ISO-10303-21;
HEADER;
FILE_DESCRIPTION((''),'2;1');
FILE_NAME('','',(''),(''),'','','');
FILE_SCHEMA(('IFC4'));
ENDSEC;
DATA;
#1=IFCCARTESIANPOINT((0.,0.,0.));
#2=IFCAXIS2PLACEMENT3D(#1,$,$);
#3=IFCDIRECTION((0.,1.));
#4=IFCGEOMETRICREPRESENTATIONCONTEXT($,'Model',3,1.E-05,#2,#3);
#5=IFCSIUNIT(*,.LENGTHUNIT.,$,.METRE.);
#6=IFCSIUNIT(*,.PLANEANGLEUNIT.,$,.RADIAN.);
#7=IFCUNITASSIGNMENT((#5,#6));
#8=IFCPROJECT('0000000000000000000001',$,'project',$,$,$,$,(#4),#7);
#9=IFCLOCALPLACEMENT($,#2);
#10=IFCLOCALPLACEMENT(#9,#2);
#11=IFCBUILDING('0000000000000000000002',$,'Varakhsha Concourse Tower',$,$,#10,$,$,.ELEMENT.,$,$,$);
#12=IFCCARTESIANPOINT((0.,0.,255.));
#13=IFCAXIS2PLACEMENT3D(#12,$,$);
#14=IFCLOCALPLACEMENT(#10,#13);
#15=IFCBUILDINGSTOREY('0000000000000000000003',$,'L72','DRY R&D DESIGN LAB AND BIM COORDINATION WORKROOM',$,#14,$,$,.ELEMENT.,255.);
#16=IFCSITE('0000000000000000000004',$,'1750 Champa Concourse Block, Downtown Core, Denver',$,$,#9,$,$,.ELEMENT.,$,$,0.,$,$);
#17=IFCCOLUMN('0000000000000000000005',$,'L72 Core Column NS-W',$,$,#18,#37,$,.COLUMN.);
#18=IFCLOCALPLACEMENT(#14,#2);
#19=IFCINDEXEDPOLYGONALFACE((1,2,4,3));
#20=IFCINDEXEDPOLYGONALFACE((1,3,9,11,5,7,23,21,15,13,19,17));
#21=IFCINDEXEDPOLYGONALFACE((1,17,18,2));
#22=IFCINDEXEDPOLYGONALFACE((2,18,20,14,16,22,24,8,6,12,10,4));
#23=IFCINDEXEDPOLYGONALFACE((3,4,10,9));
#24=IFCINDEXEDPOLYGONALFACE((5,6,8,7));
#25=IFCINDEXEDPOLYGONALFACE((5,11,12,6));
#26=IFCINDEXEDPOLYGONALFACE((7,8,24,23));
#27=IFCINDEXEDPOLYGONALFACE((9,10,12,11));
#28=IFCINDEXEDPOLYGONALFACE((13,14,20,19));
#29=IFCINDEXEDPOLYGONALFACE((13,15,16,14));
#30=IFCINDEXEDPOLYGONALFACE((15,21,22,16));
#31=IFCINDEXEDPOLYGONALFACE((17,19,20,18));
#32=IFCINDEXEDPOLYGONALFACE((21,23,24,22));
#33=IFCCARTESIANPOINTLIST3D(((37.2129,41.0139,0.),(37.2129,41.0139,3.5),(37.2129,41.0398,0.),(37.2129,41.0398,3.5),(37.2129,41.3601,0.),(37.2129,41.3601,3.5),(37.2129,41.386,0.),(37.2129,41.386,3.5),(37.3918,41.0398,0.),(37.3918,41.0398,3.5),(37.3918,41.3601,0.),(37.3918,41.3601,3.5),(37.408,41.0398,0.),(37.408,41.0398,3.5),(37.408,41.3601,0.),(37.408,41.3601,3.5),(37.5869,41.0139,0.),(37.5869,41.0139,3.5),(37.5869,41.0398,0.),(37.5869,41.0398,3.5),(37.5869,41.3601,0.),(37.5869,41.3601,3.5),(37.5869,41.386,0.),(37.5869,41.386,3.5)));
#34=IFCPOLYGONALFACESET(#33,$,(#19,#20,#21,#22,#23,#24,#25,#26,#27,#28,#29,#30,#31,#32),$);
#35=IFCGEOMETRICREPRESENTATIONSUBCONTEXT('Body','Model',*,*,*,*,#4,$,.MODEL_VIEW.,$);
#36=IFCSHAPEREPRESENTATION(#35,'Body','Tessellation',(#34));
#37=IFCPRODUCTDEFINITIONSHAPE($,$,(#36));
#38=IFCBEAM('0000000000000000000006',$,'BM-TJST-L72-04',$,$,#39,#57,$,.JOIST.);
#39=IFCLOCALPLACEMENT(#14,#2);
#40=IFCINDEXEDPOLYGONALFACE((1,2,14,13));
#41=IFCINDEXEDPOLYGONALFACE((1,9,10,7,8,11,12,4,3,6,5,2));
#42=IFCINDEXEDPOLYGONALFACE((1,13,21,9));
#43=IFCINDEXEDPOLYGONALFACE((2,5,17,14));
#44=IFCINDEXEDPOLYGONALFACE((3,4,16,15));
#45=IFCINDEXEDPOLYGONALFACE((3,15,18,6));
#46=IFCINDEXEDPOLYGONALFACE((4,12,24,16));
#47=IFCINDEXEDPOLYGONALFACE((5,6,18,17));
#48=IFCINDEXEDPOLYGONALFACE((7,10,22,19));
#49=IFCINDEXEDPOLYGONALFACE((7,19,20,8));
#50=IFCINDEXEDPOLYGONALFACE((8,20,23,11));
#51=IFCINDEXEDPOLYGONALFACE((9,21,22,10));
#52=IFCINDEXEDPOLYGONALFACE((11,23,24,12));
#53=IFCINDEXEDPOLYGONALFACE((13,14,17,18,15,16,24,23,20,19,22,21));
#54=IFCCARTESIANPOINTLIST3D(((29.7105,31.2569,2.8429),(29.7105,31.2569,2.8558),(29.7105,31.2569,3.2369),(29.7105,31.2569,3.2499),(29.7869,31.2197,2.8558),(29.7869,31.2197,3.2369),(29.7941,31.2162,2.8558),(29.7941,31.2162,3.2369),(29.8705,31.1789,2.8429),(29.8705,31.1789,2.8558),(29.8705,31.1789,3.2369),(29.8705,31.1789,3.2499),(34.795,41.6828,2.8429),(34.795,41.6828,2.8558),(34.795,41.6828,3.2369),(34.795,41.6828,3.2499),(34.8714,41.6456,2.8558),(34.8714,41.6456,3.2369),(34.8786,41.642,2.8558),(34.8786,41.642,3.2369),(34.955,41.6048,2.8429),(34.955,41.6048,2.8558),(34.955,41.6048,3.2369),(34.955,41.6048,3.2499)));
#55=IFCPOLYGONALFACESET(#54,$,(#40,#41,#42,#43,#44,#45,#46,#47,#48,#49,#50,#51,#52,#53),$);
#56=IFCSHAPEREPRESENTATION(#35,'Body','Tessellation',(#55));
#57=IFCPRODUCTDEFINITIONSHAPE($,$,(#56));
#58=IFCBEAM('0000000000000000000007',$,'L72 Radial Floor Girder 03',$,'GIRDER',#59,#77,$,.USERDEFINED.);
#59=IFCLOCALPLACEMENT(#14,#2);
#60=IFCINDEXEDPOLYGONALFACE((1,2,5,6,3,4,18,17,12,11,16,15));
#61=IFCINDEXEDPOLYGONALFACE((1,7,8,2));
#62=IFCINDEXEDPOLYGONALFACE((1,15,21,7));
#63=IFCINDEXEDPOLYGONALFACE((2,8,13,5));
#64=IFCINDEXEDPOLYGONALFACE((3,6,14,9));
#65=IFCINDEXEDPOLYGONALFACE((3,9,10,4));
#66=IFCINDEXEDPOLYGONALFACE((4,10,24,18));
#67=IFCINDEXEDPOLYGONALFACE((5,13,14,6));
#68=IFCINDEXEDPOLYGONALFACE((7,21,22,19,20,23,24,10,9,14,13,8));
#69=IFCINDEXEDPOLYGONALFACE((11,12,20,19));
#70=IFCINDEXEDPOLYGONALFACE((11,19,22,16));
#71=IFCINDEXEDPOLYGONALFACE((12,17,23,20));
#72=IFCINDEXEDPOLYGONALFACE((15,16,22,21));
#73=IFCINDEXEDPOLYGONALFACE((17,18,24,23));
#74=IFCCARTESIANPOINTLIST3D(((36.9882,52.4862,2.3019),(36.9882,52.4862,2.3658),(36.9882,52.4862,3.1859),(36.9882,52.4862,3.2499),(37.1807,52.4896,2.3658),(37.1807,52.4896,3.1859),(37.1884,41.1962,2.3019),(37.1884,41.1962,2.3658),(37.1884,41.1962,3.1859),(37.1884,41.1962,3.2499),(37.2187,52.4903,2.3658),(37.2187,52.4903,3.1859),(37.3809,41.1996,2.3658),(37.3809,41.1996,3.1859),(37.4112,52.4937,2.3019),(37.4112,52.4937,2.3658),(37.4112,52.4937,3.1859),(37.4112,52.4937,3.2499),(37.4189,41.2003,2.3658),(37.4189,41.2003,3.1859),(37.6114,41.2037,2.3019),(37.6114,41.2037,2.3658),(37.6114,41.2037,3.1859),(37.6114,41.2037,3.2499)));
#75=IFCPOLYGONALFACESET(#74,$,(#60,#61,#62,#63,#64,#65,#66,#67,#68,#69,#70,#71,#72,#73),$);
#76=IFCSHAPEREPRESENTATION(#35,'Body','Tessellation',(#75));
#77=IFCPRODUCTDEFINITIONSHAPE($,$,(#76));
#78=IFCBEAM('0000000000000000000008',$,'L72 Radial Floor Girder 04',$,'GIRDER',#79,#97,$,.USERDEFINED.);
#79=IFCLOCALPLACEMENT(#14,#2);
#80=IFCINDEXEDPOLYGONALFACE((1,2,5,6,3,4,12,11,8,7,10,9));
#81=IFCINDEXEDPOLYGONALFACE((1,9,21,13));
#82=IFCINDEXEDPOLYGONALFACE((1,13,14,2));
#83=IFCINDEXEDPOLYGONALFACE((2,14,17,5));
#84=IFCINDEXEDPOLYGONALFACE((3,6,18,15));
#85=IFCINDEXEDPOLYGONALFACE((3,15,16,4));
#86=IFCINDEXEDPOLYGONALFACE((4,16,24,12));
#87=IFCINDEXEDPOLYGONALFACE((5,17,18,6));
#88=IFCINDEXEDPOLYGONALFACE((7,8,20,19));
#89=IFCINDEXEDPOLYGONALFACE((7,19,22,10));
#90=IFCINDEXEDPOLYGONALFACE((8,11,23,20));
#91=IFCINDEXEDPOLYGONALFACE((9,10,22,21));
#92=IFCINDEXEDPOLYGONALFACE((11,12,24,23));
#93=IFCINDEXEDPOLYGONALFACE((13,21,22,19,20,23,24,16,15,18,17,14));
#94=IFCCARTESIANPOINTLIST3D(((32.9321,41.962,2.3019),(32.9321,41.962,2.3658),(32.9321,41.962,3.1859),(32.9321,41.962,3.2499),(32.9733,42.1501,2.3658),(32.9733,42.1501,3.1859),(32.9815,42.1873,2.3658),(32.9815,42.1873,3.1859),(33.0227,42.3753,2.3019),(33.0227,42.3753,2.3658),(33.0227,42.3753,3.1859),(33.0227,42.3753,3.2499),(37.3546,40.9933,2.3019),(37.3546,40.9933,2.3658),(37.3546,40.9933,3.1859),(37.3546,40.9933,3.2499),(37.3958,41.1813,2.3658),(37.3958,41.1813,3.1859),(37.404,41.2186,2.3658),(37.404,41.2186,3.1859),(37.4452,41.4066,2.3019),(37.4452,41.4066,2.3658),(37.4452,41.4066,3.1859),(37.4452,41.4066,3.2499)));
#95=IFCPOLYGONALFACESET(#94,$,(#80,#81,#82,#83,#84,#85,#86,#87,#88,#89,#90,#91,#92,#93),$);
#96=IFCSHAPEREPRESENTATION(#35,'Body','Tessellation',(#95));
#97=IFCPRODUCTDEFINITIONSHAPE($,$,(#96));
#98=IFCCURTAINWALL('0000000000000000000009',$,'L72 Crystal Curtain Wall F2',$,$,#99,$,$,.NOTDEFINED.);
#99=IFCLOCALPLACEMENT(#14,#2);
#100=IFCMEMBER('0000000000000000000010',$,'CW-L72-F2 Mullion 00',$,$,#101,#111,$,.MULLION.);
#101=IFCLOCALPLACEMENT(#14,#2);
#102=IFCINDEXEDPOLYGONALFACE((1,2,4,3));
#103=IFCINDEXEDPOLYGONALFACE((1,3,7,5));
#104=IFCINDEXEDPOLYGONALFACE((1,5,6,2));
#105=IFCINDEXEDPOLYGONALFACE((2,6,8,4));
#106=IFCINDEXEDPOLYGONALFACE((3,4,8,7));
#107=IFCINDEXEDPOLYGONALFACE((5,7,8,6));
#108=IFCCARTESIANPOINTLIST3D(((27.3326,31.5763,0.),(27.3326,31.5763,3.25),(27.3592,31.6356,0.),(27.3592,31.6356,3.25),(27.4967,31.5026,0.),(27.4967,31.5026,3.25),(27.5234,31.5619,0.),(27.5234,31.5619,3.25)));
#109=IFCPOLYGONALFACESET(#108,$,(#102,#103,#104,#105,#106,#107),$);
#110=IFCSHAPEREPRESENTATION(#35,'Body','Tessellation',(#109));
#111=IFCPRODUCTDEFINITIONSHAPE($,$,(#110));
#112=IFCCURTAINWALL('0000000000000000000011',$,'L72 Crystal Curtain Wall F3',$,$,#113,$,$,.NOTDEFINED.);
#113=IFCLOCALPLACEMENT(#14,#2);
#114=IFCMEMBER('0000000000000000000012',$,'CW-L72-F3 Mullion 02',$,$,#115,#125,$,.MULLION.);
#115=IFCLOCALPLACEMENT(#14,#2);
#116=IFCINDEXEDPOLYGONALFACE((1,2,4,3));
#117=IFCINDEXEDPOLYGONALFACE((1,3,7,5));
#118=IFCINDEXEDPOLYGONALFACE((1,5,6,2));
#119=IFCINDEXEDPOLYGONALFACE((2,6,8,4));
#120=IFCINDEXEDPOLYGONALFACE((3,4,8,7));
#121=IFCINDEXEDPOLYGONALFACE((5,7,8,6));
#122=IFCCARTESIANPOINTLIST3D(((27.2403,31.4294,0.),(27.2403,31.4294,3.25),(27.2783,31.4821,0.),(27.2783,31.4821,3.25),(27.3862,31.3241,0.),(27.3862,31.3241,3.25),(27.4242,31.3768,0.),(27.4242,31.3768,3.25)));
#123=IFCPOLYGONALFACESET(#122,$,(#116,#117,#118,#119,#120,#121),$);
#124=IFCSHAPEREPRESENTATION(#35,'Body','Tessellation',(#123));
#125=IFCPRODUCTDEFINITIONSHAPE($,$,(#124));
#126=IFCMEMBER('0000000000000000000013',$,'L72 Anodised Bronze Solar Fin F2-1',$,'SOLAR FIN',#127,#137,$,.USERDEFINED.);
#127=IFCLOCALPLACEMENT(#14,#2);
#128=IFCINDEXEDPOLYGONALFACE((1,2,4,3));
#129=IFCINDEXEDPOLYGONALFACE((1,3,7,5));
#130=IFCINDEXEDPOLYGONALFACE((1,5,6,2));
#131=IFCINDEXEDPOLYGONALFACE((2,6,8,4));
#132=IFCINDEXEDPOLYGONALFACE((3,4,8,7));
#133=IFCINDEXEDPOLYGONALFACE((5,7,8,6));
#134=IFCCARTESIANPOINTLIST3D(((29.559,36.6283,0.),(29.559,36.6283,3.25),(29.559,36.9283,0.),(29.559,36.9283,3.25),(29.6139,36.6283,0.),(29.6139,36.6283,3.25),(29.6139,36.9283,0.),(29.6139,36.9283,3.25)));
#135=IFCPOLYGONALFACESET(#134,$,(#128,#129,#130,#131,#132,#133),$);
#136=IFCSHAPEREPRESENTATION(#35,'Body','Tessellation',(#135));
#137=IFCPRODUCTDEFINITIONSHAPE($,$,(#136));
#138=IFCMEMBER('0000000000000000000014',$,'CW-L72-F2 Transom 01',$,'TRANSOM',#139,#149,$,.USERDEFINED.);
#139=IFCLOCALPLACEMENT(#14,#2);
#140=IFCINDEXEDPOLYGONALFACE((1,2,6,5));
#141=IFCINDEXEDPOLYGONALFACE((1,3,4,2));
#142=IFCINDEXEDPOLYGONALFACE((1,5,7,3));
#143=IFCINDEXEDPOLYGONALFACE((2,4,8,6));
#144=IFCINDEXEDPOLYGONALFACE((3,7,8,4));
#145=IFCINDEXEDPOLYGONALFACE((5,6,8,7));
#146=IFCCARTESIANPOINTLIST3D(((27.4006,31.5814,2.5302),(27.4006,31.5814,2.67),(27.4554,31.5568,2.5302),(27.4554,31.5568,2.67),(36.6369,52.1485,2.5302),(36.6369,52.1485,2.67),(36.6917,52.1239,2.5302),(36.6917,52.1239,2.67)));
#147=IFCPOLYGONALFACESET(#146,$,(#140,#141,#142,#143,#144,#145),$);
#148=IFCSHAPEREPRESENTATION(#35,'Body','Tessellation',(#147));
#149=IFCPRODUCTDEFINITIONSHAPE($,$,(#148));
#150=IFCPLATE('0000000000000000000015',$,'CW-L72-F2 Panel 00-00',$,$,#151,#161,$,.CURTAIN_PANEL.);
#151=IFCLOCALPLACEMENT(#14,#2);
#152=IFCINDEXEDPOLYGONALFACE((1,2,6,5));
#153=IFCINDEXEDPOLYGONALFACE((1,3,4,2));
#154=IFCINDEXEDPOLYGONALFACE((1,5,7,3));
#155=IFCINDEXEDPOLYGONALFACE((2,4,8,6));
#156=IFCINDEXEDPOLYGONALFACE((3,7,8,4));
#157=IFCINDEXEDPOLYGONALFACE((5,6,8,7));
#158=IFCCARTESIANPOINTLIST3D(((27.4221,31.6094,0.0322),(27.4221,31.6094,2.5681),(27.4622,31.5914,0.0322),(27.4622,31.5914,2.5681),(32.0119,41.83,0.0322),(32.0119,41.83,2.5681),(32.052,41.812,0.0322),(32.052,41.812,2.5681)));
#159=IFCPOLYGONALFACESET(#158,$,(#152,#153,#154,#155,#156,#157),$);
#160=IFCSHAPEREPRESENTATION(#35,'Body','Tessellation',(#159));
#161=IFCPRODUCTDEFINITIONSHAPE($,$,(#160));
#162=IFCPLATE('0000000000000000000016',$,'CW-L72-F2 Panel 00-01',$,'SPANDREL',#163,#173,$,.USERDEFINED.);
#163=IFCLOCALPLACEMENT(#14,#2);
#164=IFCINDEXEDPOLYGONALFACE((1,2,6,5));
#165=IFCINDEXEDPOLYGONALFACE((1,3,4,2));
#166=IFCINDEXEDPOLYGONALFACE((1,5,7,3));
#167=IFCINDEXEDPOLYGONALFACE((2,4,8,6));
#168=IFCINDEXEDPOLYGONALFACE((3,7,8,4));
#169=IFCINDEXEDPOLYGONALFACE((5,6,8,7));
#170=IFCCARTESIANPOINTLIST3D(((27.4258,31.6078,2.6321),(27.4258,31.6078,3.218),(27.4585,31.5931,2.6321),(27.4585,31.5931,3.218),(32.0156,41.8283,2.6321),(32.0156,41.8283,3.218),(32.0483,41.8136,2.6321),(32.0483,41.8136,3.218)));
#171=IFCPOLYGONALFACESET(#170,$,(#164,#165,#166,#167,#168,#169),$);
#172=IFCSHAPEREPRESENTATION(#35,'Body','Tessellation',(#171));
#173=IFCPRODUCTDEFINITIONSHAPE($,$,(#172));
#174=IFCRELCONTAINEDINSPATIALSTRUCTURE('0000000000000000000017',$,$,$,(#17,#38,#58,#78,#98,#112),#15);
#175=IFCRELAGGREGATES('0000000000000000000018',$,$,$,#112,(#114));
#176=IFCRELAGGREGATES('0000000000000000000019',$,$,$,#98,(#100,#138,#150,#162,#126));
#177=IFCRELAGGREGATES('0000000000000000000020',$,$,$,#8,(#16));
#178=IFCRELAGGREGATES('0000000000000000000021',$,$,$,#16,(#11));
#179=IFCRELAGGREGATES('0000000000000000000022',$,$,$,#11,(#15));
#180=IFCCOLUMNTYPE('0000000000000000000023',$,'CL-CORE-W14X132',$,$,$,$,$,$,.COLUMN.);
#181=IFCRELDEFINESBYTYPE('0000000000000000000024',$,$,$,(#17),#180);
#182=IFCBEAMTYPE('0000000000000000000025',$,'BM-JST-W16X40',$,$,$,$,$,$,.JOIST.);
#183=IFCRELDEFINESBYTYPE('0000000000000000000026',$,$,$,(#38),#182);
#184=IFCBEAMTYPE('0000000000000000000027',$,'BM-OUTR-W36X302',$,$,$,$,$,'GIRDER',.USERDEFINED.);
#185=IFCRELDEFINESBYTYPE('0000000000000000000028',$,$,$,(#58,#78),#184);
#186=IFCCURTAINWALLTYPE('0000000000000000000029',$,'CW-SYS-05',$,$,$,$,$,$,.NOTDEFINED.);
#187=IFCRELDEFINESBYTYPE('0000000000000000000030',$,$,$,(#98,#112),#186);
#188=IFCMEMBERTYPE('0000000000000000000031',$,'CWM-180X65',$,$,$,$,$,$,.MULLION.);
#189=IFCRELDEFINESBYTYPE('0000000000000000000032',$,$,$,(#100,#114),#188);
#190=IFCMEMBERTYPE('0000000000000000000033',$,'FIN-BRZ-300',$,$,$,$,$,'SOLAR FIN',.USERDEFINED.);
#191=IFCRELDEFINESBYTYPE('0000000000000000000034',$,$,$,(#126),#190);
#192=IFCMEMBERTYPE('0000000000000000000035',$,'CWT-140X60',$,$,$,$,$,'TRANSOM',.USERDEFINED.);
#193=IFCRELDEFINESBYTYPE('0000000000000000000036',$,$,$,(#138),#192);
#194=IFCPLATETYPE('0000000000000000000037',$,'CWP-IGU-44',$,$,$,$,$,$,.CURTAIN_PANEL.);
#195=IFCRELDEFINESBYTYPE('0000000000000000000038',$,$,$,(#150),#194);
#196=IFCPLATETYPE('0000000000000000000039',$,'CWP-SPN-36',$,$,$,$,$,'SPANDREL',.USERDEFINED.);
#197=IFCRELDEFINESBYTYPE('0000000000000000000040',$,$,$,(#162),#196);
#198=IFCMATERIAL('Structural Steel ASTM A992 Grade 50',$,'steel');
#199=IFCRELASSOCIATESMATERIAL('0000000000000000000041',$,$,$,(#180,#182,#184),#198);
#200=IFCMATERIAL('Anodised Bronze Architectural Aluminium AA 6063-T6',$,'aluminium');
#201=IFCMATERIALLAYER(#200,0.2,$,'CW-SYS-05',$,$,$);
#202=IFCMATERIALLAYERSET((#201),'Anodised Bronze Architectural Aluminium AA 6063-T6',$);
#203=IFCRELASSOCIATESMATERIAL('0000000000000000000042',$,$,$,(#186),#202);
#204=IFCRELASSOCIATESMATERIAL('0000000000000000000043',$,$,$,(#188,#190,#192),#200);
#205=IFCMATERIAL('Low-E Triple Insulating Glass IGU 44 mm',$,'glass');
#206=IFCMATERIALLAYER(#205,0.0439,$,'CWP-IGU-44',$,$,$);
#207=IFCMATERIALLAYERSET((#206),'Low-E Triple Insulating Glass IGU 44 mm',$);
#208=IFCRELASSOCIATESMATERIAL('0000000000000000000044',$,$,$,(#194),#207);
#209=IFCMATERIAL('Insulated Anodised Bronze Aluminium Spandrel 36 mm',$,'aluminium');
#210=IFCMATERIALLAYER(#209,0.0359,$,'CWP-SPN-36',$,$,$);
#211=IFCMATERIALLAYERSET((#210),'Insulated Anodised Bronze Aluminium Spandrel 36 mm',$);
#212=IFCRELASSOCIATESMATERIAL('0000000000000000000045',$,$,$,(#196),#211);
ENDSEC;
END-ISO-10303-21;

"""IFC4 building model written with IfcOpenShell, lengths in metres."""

from ifc_helpers import new_model, si_unit, direction, frame, origin, origin_2d, place, context, subcontext, project, spatial, rectangle, i_section, extrude, source, transform, mapped, material, layer, layer_set, material_profile, profile_set, type_object, type_shapes, element, aggregate, save


model = new_model("IFC4")

# Units and contexts
model_context = context("Model", 3, precision=1e-05, world=origin(), true_north=direction((0.0, 1.0)))
body_context = subcontext(model_context, "Body", "Model", "MODEL_VIEW")
ifc_project = project(units=[si_unit("LENGTHUNIT", "METRE"), si_unit("PLANEANGLEUNIT", "RADIAN")], contexts=[model_context])

# Site, building, storey
site_placement = place(None, origin())
site = spatial("IfcSite", under=ifc_project, at=site_placement, Name="1750 Champa Concourse Block, Downtown Core, Denver", CompositionType="ELEMENT", RefElevation=0.0)
building_placement = place(site_placement, origin())
building = spatial("IfcBuilding", under=site, at=building_placement, Name="Varakhsha Concourse Tower", CompositionType="ELEMENT")
storey_placement = place(building_placement, frame((0.0, 0.0, 255.0)))
storey = spatial("IfcBuildingStorey", under=building, at=storey_placement, Name="L72", Description="DRY R&D DESIGN LAB AND BIM COORDINATION WORKROOM", CompositionType="ELEMENT", Elevation=255.0)

# Column
ifc_material_1 = material(Name="Structural Steel ASTM A992 Grade 50", Category="steel")
ifc_material_profile_1 = material_profile(ifc_material_1, i_section(OverallWidth=0.374, OverallDepth=0.3721, WebThickness=0.0161, FlangeThickness=0.0259, at=origin_2d()), Name="W14X132")
ifc_profile_set_1 = profile_set([ifc_material_profile_1], Name="Structural Steel ASTM A992 Grade 50")
column_type = type_object("IfcColumnType", Name="CL-CORE-W14X132", PredefinedType="COLUMN", material=ifc_profile_set_1)
column_placement = place(storey_placement, frame((37.3999, 41.2, 0.0), z_axis=(0.0, 0.0, 1.0), x_axis=(1.0, 0.0, 0.0)))
element("IfcColumn", 1, at=column_placement, inside=storey, type_object=column_type, Name="L72 Core Column NS-W", PredefinedType="COLUMN", context=body_context, shape_type="SweptSolid", body=[
    extrude(i_section(OverallWidth=0.374, OverallDepth=0.3721, WebThickness=0.0161, FlangeThickness=0.0259, at=origin_2d()), origin(), (0.0, 0.0, 1.0), 3.5),
])

# Beams
ifc_material_profile_2 = material_profile(ifc_material_1, i_section(OverallWidth=0.178, OverallDepth=0.407, WebThickness=0.0081, FlangeThickness=0.0129, at=origin_2d()), Name="W16X40")
ifc_profile_set_2 = profile_set([ifc_material_profile_2], Name="Structural Steel ASTM A992 Grade 50")
beam_type_1 = type_object("IfcBeamType", Name="BM-JST-W16X40", PredefinedType="JOIST", material=ifc_profile_set_2)
beam_1_placement = place(storey_placement, frame((34.875, 41.6438, 3.0464), z_axis=(-0.438335, -0.898812, 0.0), x_axis=(0.898812, -0.438335, 0.0)))
element("IfcBeam", 2, at=beam_1_placement, inside=storey, type_object=beam_type_1, Name="BM-TJST-L72-04", PredefinedType="JOIST", context=body_context, shape_type="SweptSolid", body=[
    extrude(i_section(OverallWidth=0.178, OverallDepth=0.407, WebThickness=0.0081, FlangeThickness=0.0129, at=origin_2d()), origin(), (0.0, 0.0, 1.0), 11.5996),
])
ifc_material_profile_3 = material_profile(ifc_material_1, i_section(OverallWidth=0.4231, OverallDepth=0.948, WebThickness=0.0381, FlangeThickness=0.064, at=origin_2d()), Name="W36X302")
ifc_profile_set_3 = profile_set([ifc_material_profile_3], Name="Structural Steel ASTM A992 Grade 50")
beam_type_2 = type_object("IfcBeamType", Name="BM-OUTR-W36X302", ElementType="GIRDER", PredefinedType="USERDEFINED", material=ifc_profile_set_3)
beam_2_placement = place(storey_placement, frame((37.3999, 41.2, 2.7759), z_axis=(-0.017729, 0.999843, 0.0), x_axis=(-0.999843, -0.017729, 0.0)))
element("IfcBeam", 3, at=beam_2_placement, inside=storey, type_object=beam_type_2, Name="L72 Radial Floor Girder 03", ObjectType="GIRDER", PredefinedType="USERDEFINED", context=body_context, shape_type="SweptSolid", body=[
    extrude(i_section(OverallWidth=0.4231, OverallDepth=0.948, WebThickness=0.0381, FlangeThickness=0.064, at=origin_2d()), origin(), (0.0, 0.0, 1.0), 11.2917),
])
beam_3_placement = place(storey_placement, frame((37.3999, 41.2, 2.7759), z_axis=(-0.97684, 0.213972, 0.0), x_axis=(-0.213972, -0.97684, 0.0)))
element("IfcBeam", 4, at=beam_3_placement, inside=storey, type_object=beam_type_2, Name="L72 Radial Floor Girder 04", ObjectType="GIRDER", PredefinedType="USERDEFINED", context=body_context, shape_type="SweptSolid", body=[
    extrude(i_section(OverallWidth=0.4231, OverallDepth=0.948, WebThickness=0.0381, FlangeThickness=0.064, at=origin_2d()), origin(), (0.0, 0.0, 1.0), 4.5273),
])

# Curtain walls, members
ifc_material_2 = material(Name="Anodised Bronze Architectural Aluminium AA 6063-T6", Category="aluminium")
ifc_layer_1 = layer(ifc_material_2, 0.2, Name="CW-SYS-05")
ifc_layer_set_1 = layer_set([ifc_layer_1], Name="Anodised Bronze Architectural Aluminium AA 6063-T6")
curtain_wall_type = type_object("IfcCurtainWallType", Name="CW-SYS-05", PredefinedType="NOTDEFINED", material=ifc_layer_set_1)
curtain_wall_1_placement = place(storey_placement, origin())
curtain_wall_1 = element("IfcCurtainWall", 5, at=curtain_wall_1_placement, inside=storey, type_object=curtain_wall_type, Name="L72 Crystal Curtain Wall F2", PredefinedType="NOTDEFINED")
ifc_material_profile_4 = material_profile(ifc_material_2, rectangle(XDim=0.0649, YDim=0.1799, at=origin_2d()), Name="CWM-180X65")
ifc_profile_set_4 = profile_set([ifc_material_profile_4], Name="Anodised Bronze Architectural Aluminium AA 6063-T6")
member_type_1 = type_object("IfcMemberType", Name="CWM-180X65", PredefinedType="MULLION", material=ifc_profile_set_4)
shared_shape_1 = source(origin(), body_context, "Body", "SweptSolid", [
    extrude(rectangle(XDim=0.0649, YDim=0.1799, at=origin_2d()), origin(), (0.0, 0.0, 1.0), 3.25),
])
type_shapes(member_type_1, [shared_shape_1])
member_1_placement = place(storey_placement, frame((27.428, 31.5691, 0.0), z_axis=(0.0, 0.0, 1.0), x_axis=(0.409662, 0.912237, 0.0)))
member_1 = element("IfcMember", 6, at=member_1_placement, type_object=member_type_1, Name="CW-L72-F2 Mullion 00", PredefinedType="MULLION", context=body_context, shape_type="MappedRepresentation", body=[
    mapped(shared_shape_1, transform((0.0, 0.0, 0.0), scale=1.0)),
])
curtain_wall_2_placement = place(storey_placement, origin())
curtain_wall_2 = element("IfcCurtainWall", 7, at=curtain_wall_2_placement, inside=storey, type_object=curtain_wall_type, Name="L72 Crystal Curtain Wall F3", PredefinedType="NOTDEFINED")
member_2_placement = place(storey_placement, frame((27.3323, 31.4031, 0.0), z_axis=(0.0, 0.0, 1.0), x_axis=(0.585188, 0.810897, 0.0)))
member_2 = element("IfcMember", 8, at=member_2_placement, type_object=member_type_1, Name="CW-L72-F3 Mullion 02", PredefinedType="MULLION", context=body_context, shape_type="MappedRepresentation", body=[
    mapped(shared_shape_1, transform((0.0, 0.0, 0.0), scale=1.0)),
])
aggregate(curtain_wall_2, [member_2])

# Members
ifc_material_profile_5 = material_profile(ifc_material_2, rectangle(XDim=0.0549, YDim=0.3, at=origin_2d()), Name="FIN-BRZ-300")
ifc_profile_set_5 = profile_set([ifc_material_profile_5], Name="Anodised Bronze Architectural Aluminium AA 6063-T6")
member_type_2 = type_object("IfcMemberType", Name="FIN-BRZ-300", ElementType="SOLAR FIN", PredefinedType="USERDEFINED", material=ifc_profile_set_5)
shared_shape_2 = source(origin(), body_context, "Body", "SweptSolid", [
    extrude(rectangle(XDim=0.0549, YDim=0.3, at=origin_2d()), origin(), (0.0, 0.0, 1.0), 3.25),
])
type_shapes(member_type_2, [shared_shape_2])
member_3_placement = place(storey_placement, frame((29.5864, 36.7783, 0.0), z_axis=(0.0, 0.0, 1.0), x_axis=(1.0, 0.0, 0.0)))
member_3 = element("IfcMember", 9, at=member_3_placement, type_object=member_type_2, Name="L72 Anodised Bronze Solar Fin F2-1", ObjectType="SOLAR FIN", PredefinedType="USERDEFINED", context=body_context, shape_type="MappedRepresentation", body=[
    mapped(shared_shape_2, transform((0.0, 0.0, 0.0), scale=1.0)),
])
ifc_material_profile_6 = material_profile(ifc_material_2, rectangle(XDim=0.0601, YDim=0.1399, at=origin_2d()), Name="CWT-140X60")
ifc_profile_set_6 = profile_set([ifc_material_profile_6], Name="Anodised Bronze Architectural Aluminium AA 6063-T6")
member_type_3 = type_object("IfcMemberType", Name="CWT-140X60", ElementType="TRANSOM", PredefinedType="USERDEFINED", material=ifc_profile_set_6)
shared_shape_3 = source(origin(), body_context, "Body", "SweptSolid", [
    extrude(rectangle(XDim=0.0601, YDim=0.1399, at=origin_2d()), origin(), (0.0, 0.0, 1.0), 22.5459),
])
type_shapes(member_type_3, [shared_shape_3])
member_4_placement = place(storey_placement, frame((27.428, 31.5691, 2.6001), z_axis=(0.409668, 0.912235, 0.0), x_axis=(-0.912235, 0.409668, 0.0)))
member_4 = element("IfcMember", 10, at=member_4_placement, type_object=member_type_3, Name="CW-L72-F2 Transom 01", ObjectType="TRANSOM", PredefinedType="USERDEFINED", context=body_context, shape_type="MappedRepresentation", body=[
    mapped(shared_shape_3, transform((0.0, 0.0, 0.0), scale=1.0)),
])

# Plates
ifc_material_3 = material(Name="Low-E Triple Insulating Glass IGU 44 mm", Category="glass")
ifc_layer_2 = layer(ifc_material_3, 0.0439, Name="CWP-IGU-44")
ifc_layer_set_2 = layer_set([ifc_layer_2], Name="Low-E Triple Insulating Glass IGU 44 mm")
plate_type_1 = type_object("IfcPlateType", Name="CWP-IGU-44", PredefinedType="CURTAIN_PANEL", material=ifc_layer_set_2)
shared_shape_4 = source(origin(), body_context, "Body", "SweptSolid", [
    extrude(rectangle(XDim=11.2039, YDim=0.0439, at=origin_2d()), origin(), (0.0, 0.0, 1.0), 2.5359),
])
type_shapes(plate_type_1, [shared_shape_4])
plate_1_placement = place(storey_placement, frame((29.7371, 36.7107, 0.0322), z_axis=(0.0, 0.0, 1.0), x_axis=(0.409662, 0.912237, 0.0)))
plate_1 = element("IfcPlate", 11, at=plate_1_placement, type_object=plate_type_1, Name="CW-L72-F2 Panel 00-00", PredefinedType="CURTAIN_PANEL", context=body_context, shape_type="MappedRepresentation", body=[
    mapped(shared_shape_4, transform((0.0, 0.0, 0.0), scale=1.0)),
])
ifc_material_4 = material(Name="Insulated Anodised Bronze Aluminium Spandrel 36 mm", Category="aluminium")
ifc_layer_3 = layer(ifc_material_4, 0.0359, Name="CWP-SPN-36")
ifc_layer_set_3 = layer_set([ifc_layer_3], Name="Insulated Anodised Bronze Aluminium Spandrel 36 mm")
plate_type_2 = type_object("IfcPlateType", Name="CWP-SPN-36", ElementType="SPANDREL", PredefinedType="USERDEFINED", material=ifc_layer_set_3)
shared_shape_5 = source(origin(), body_context, "Body", "SweptSolid", [
    extrude(rectangle(XDim=11.2039, YDim=0.0359, at=origin_2d()), origin(), (0.0, 0.0, 1.0), 0.5859),
])
type_shapes(plate_type_2, [shared_shape_5])
plate_2_placement = place(storey_placement, frame((29.7371, 36.7107, 2.6321), z_axis=(0.0, 0.0, 1.0), x_axis=(0.409662, 0.912237, 0.0)))
plate_2 = element("IfcPlate", 12, at=plate_2_placement, type_object=plate_type_2, Name="CW-L72-F2 Panel 00-01", ObjectType="SPANDREL", PredefinedType="USERDEFINED", context=body_context, shape_type="MappedRepresentation", body=[
    mapped(shared_shape_5, transform((0.0, 0.0, 0.0), scale=1.0)),
])
aggregate(curtain_wall_1, [member_1, member_4, plate_1, plate_2, member_3])

save(model, "model.ifc")
